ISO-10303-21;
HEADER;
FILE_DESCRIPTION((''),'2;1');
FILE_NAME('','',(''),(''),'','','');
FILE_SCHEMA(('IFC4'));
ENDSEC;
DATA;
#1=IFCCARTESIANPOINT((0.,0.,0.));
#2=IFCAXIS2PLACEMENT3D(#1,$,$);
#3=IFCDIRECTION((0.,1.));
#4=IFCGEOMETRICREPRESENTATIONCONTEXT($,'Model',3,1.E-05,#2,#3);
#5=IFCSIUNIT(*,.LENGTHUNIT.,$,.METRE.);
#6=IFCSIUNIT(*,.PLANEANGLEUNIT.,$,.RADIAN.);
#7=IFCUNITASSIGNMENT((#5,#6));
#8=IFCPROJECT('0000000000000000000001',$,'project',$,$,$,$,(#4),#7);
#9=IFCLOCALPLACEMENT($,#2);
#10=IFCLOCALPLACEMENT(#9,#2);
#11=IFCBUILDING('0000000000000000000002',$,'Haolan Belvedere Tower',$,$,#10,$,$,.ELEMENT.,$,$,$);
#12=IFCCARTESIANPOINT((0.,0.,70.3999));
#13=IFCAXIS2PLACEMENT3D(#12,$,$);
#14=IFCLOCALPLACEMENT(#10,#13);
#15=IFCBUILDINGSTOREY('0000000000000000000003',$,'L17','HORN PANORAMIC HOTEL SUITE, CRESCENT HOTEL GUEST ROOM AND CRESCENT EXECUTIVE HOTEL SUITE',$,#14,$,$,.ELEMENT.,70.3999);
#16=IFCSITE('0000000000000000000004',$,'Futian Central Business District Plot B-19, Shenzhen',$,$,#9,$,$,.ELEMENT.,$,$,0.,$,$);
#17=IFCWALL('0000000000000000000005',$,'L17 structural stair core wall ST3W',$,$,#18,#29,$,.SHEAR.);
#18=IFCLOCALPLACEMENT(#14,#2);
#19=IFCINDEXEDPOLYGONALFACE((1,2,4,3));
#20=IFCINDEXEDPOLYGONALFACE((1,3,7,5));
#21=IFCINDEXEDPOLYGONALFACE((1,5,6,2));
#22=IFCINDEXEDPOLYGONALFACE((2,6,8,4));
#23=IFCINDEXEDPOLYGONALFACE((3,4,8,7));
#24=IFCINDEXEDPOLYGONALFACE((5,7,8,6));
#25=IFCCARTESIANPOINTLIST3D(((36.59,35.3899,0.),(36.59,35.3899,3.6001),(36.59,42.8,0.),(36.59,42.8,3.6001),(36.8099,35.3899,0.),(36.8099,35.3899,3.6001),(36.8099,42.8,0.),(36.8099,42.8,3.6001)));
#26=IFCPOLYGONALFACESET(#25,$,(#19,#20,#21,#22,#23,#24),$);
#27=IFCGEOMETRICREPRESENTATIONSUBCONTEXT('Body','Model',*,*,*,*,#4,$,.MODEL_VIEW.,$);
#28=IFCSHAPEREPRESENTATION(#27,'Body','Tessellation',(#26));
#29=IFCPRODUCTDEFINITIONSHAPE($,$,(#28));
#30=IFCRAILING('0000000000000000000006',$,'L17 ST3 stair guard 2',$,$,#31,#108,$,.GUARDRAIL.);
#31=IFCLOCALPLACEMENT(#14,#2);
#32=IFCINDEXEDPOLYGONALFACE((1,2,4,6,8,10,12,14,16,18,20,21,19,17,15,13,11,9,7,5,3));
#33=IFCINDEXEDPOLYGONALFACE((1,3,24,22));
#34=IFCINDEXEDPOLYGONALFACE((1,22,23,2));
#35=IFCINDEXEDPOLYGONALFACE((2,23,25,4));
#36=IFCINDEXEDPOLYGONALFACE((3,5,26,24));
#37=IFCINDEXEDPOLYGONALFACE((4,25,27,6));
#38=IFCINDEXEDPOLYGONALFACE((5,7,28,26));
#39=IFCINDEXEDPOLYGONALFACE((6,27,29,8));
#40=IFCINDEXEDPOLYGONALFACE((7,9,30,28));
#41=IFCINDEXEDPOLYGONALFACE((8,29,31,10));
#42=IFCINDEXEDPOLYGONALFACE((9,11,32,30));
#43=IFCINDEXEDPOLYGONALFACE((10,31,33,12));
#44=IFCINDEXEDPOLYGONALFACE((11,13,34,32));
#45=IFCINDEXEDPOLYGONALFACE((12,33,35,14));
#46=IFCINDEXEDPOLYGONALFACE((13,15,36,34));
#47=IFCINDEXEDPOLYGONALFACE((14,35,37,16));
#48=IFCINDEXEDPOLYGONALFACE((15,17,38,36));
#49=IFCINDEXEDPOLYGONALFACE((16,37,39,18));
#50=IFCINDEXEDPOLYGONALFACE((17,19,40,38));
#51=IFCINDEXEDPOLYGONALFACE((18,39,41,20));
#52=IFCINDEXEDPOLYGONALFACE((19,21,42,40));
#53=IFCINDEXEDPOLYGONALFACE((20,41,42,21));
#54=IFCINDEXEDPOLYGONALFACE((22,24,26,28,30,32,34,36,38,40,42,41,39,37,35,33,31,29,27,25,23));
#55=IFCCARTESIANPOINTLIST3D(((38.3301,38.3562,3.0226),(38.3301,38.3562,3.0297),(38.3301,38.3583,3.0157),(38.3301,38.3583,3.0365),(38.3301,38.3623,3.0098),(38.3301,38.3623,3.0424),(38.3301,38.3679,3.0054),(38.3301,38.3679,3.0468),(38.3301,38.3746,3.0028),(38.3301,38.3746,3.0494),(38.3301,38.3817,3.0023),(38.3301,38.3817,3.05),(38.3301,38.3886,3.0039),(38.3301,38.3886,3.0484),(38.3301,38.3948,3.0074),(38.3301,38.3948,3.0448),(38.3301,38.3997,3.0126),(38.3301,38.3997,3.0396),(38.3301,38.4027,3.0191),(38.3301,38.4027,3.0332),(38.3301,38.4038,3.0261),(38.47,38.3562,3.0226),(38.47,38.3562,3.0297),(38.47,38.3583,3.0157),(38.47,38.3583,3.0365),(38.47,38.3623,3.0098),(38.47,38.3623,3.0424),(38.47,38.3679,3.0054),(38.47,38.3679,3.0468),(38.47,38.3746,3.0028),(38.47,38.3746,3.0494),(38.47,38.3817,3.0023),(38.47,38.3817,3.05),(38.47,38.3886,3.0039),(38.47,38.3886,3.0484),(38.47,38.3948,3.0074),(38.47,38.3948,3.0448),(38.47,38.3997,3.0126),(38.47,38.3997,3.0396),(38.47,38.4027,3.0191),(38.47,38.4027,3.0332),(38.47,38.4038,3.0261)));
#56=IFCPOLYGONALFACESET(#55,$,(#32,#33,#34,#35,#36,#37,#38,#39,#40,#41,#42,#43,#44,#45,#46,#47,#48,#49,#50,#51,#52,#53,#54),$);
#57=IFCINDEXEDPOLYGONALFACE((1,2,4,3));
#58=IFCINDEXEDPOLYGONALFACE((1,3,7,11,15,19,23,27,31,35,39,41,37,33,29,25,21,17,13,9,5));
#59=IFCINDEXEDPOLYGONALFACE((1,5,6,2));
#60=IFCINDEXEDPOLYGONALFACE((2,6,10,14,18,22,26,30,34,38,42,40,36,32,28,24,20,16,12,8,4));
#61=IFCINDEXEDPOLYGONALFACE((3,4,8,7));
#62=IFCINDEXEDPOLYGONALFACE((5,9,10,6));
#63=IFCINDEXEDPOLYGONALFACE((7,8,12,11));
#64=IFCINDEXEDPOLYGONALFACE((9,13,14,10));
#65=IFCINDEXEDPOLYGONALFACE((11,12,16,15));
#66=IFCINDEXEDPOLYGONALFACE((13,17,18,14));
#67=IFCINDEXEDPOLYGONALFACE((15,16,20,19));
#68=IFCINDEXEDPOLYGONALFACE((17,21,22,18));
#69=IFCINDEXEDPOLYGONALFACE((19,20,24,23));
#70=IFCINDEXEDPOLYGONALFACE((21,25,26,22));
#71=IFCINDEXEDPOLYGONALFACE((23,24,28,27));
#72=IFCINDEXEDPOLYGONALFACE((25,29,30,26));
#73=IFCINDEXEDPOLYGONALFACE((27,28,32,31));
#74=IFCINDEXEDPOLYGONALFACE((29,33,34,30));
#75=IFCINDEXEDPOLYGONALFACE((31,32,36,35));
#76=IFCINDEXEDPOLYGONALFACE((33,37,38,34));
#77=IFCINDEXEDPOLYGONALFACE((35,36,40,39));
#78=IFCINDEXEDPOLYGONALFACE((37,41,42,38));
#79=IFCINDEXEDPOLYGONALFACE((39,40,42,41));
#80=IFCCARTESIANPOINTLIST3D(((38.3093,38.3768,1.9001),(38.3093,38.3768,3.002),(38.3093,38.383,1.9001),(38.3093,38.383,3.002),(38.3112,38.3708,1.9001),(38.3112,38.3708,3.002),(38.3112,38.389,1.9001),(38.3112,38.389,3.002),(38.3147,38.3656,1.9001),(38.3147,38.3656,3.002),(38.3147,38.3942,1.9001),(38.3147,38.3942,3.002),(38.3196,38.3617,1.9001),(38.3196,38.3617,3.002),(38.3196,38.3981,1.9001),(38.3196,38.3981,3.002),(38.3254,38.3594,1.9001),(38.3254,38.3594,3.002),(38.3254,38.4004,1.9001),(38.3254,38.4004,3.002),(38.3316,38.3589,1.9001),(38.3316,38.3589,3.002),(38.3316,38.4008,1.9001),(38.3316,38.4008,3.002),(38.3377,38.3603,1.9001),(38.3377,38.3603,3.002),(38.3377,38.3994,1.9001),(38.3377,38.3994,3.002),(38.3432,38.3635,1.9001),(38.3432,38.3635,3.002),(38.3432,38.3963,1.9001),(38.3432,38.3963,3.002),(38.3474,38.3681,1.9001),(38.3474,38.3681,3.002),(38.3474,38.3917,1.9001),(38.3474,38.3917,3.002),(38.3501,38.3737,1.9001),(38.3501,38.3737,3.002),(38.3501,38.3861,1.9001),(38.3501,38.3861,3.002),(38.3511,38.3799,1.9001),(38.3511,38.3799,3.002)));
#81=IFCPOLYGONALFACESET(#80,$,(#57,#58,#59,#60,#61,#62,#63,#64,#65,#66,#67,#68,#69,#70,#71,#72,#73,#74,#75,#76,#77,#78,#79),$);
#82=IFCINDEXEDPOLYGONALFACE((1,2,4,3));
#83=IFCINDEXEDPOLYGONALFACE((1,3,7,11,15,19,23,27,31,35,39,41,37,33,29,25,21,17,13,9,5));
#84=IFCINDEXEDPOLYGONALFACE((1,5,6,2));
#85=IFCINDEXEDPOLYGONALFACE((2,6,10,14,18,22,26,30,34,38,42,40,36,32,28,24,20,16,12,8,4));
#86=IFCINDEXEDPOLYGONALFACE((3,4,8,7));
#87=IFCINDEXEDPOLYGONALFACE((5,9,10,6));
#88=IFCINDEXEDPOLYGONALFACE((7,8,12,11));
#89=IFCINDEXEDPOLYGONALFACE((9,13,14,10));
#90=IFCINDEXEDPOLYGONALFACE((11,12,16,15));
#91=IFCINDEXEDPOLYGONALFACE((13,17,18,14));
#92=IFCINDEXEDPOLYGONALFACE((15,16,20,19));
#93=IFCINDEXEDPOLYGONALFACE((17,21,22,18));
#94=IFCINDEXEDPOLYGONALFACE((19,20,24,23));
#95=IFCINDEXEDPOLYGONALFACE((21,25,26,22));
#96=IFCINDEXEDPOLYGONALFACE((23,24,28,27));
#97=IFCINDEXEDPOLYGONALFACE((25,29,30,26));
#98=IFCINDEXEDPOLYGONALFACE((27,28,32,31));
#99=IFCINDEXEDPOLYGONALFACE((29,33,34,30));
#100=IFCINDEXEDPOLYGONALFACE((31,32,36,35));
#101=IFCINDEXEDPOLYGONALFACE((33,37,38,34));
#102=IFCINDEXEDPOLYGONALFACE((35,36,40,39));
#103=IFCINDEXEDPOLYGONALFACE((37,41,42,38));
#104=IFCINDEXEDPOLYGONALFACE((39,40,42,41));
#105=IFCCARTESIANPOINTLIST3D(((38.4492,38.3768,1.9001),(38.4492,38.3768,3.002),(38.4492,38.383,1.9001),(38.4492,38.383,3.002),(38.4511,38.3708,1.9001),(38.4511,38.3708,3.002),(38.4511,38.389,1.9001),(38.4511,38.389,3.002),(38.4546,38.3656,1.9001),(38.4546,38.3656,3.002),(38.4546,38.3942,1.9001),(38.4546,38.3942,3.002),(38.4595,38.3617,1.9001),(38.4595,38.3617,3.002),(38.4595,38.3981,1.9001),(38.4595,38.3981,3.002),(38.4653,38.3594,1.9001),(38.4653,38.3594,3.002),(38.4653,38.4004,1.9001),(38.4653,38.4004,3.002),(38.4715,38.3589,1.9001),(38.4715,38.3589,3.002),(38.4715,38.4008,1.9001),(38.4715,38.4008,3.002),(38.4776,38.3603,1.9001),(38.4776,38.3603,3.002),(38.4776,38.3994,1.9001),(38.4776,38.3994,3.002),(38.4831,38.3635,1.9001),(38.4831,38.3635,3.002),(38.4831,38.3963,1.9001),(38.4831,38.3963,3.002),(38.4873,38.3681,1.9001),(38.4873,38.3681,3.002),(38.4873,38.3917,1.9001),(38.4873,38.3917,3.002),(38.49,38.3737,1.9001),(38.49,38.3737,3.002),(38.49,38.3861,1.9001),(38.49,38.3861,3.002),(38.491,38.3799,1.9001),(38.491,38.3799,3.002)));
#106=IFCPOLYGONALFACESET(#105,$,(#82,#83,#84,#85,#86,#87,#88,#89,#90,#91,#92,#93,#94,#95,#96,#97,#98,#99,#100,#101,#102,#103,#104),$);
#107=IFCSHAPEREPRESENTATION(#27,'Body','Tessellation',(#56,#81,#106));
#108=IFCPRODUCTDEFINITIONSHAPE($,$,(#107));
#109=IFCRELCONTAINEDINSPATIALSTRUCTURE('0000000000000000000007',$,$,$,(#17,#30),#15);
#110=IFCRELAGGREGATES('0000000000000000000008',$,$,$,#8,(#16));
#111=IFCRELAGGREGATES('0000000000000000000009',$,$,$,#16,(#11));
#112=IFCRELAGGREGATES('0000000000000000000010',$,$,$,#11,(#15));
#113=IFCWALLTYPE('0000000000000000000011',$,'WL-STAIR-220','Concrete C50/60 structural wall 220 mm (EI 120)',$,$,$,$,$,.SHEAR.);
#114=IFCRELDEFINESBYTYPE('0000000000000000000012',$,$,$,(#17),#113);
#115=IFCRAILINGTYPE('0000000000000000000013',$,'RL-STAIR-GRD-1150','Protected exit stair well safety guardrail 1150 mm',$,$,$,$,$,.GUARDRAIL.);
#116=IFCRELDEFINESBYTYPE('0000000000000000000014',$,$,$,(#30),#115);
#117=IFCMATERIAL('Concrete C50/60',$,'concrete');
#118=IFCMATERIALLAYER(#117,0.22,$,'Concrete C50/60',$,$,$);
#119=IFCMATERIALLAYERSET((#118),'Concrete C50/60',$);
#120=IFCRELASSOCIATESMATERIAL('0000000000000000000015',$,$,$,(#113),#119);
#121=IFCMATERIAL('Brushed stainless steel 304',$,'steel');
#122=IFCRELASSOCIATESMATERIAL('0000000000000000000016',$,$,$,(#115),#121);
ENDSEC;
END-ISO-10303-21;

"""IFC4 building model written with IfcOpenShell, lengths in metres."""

from ifc_helpers import new_model, si_unit, direction, frame, frame_2d, origin, origin_2d, place, context, subcontext, project, spatial, rectangle, circle, extrude, material, layer, layer_set, type_object, element, save


model = new_model("IFC4")

# Units and contexts
model_context = context("Model", 3, precision=1e-05, world=origin(), true_north=direction((0.0, 1.0)))
body_context = subcontext(model_context, "Body", "Model", "MODEL_VIEW")
ifc_project = project(units=[si_unit("LENGTHUNIT", "METRE"), si_unit("PLANEANGLEUNIT", "RADIAN")], contexts=[model_context])

# Site, building, storey
site_placement = place(None, origin())
site = spatial("IfcSite", under=ifc_project, at=site_placement, Name="Futian Central Business District Plot B-19, Shenzhen", CompositionType="ELEMENT", RefElevation=0.0)
building_placement = place(site_placement, origin())
building = spatial("IfcBuilding", under=site, at=building_placement, Name="Haolan Belvedere Tower", CompositionType="ELEMENT")
storey_placement = place(building_placement, frame((0.0, 0.0, 70.3999)))
storey = spatial("IfcBuildingStorey", under=building, at=storey_placement, Name="L17", Description="HORN PANORAMIC HOTEL SUITE, CRESCENT HOTEL GUEST ROOM AND CRESCENT EXECUTIVE HOTEL SUITE", CompositionType="ELEMENT", Elevation=70.3999)

# Wall
ifc_material_1 = material(Name="Concrete C50/60", Category="concrete")
ifc_layer_1 = layer(ifc_material_1, 0.22, Name="Concrete C50/60")
ifc_layer_set_1 = layer_set([ifc_layer_1], Name="Concrete C50/60")
wall_type_1 = type_object("IfcWallType", Name="WL-STAIR-220", Description="Concrete C50/60 structural wall 220 mm (EI 120)", PredefinedType="SHEAR", material=ifc_layer_set_1)
for number, where, z_axis, x_axis, name in (
    (1, (36.7, 35.3899, 0.0), (0.0, 0.0, 1.0), (0.0, 1.0, 0.0), "L17 structural stair core wall ST3W"),
):
    element("IfcWall", number, at=place(storey_placement, frame(where, z_axis=z_axis, x_axis=x_axis)), inside=storey, type_object=wall_type_1, Name=name, PredefinedType="SHEAR", context=body_context, shape_type="SweptSolid", body=[
        extrude(rectangle(XDim=7.4102, YDim=0.22, at=frame_2d((3.7051, 0.0))), origin(), (0.0, 0.0, 1.0), 3.6001),
    ])

# Railing
ifc_material_2 = material(Name="Brushed stainless steel 304", Category="steel")
railing_type = type_object("IfcRailingType", Name="RL-STAIR-GRD-1150", Description="Protected exit stair well safety guardrail 1150 mm", PredefinedType="GUARDRAIL", material=ifc_material_2)
railing_placement = place(storey_placement, frame((38.3301, 38.3799, 1.9001)))
element("IfcRailing", 2, at=railing_placement, inside=storey, type_object=railing_type, Name="L17 ST3 stair guard 2", PredefinedType="GUARDRAIL", context=body_context, shape_type="SweptSolid", body=[
    extrude(circle(Radius=0.0239, at=origin_2d()), frame((0.0, 0.0, 1.126), z_axis=(1.0, 0.0, 0.0), x_axis=(0.0, 1.0, 0.0)), (0.0, 0.0, 1.0), 0.1399),
    extrude(circle(Radius=0.021, at=origin_2d()), origin(), (0.0, 0.0, 1.0), 1.1018),
    extrude(circle(Radius=0.021, at=origin_2d()), frame((0.1399, 0.0, 0.0)), (0.0, 0.0, 1.0), 1.1018),
])

save(model, "model.ifc")
